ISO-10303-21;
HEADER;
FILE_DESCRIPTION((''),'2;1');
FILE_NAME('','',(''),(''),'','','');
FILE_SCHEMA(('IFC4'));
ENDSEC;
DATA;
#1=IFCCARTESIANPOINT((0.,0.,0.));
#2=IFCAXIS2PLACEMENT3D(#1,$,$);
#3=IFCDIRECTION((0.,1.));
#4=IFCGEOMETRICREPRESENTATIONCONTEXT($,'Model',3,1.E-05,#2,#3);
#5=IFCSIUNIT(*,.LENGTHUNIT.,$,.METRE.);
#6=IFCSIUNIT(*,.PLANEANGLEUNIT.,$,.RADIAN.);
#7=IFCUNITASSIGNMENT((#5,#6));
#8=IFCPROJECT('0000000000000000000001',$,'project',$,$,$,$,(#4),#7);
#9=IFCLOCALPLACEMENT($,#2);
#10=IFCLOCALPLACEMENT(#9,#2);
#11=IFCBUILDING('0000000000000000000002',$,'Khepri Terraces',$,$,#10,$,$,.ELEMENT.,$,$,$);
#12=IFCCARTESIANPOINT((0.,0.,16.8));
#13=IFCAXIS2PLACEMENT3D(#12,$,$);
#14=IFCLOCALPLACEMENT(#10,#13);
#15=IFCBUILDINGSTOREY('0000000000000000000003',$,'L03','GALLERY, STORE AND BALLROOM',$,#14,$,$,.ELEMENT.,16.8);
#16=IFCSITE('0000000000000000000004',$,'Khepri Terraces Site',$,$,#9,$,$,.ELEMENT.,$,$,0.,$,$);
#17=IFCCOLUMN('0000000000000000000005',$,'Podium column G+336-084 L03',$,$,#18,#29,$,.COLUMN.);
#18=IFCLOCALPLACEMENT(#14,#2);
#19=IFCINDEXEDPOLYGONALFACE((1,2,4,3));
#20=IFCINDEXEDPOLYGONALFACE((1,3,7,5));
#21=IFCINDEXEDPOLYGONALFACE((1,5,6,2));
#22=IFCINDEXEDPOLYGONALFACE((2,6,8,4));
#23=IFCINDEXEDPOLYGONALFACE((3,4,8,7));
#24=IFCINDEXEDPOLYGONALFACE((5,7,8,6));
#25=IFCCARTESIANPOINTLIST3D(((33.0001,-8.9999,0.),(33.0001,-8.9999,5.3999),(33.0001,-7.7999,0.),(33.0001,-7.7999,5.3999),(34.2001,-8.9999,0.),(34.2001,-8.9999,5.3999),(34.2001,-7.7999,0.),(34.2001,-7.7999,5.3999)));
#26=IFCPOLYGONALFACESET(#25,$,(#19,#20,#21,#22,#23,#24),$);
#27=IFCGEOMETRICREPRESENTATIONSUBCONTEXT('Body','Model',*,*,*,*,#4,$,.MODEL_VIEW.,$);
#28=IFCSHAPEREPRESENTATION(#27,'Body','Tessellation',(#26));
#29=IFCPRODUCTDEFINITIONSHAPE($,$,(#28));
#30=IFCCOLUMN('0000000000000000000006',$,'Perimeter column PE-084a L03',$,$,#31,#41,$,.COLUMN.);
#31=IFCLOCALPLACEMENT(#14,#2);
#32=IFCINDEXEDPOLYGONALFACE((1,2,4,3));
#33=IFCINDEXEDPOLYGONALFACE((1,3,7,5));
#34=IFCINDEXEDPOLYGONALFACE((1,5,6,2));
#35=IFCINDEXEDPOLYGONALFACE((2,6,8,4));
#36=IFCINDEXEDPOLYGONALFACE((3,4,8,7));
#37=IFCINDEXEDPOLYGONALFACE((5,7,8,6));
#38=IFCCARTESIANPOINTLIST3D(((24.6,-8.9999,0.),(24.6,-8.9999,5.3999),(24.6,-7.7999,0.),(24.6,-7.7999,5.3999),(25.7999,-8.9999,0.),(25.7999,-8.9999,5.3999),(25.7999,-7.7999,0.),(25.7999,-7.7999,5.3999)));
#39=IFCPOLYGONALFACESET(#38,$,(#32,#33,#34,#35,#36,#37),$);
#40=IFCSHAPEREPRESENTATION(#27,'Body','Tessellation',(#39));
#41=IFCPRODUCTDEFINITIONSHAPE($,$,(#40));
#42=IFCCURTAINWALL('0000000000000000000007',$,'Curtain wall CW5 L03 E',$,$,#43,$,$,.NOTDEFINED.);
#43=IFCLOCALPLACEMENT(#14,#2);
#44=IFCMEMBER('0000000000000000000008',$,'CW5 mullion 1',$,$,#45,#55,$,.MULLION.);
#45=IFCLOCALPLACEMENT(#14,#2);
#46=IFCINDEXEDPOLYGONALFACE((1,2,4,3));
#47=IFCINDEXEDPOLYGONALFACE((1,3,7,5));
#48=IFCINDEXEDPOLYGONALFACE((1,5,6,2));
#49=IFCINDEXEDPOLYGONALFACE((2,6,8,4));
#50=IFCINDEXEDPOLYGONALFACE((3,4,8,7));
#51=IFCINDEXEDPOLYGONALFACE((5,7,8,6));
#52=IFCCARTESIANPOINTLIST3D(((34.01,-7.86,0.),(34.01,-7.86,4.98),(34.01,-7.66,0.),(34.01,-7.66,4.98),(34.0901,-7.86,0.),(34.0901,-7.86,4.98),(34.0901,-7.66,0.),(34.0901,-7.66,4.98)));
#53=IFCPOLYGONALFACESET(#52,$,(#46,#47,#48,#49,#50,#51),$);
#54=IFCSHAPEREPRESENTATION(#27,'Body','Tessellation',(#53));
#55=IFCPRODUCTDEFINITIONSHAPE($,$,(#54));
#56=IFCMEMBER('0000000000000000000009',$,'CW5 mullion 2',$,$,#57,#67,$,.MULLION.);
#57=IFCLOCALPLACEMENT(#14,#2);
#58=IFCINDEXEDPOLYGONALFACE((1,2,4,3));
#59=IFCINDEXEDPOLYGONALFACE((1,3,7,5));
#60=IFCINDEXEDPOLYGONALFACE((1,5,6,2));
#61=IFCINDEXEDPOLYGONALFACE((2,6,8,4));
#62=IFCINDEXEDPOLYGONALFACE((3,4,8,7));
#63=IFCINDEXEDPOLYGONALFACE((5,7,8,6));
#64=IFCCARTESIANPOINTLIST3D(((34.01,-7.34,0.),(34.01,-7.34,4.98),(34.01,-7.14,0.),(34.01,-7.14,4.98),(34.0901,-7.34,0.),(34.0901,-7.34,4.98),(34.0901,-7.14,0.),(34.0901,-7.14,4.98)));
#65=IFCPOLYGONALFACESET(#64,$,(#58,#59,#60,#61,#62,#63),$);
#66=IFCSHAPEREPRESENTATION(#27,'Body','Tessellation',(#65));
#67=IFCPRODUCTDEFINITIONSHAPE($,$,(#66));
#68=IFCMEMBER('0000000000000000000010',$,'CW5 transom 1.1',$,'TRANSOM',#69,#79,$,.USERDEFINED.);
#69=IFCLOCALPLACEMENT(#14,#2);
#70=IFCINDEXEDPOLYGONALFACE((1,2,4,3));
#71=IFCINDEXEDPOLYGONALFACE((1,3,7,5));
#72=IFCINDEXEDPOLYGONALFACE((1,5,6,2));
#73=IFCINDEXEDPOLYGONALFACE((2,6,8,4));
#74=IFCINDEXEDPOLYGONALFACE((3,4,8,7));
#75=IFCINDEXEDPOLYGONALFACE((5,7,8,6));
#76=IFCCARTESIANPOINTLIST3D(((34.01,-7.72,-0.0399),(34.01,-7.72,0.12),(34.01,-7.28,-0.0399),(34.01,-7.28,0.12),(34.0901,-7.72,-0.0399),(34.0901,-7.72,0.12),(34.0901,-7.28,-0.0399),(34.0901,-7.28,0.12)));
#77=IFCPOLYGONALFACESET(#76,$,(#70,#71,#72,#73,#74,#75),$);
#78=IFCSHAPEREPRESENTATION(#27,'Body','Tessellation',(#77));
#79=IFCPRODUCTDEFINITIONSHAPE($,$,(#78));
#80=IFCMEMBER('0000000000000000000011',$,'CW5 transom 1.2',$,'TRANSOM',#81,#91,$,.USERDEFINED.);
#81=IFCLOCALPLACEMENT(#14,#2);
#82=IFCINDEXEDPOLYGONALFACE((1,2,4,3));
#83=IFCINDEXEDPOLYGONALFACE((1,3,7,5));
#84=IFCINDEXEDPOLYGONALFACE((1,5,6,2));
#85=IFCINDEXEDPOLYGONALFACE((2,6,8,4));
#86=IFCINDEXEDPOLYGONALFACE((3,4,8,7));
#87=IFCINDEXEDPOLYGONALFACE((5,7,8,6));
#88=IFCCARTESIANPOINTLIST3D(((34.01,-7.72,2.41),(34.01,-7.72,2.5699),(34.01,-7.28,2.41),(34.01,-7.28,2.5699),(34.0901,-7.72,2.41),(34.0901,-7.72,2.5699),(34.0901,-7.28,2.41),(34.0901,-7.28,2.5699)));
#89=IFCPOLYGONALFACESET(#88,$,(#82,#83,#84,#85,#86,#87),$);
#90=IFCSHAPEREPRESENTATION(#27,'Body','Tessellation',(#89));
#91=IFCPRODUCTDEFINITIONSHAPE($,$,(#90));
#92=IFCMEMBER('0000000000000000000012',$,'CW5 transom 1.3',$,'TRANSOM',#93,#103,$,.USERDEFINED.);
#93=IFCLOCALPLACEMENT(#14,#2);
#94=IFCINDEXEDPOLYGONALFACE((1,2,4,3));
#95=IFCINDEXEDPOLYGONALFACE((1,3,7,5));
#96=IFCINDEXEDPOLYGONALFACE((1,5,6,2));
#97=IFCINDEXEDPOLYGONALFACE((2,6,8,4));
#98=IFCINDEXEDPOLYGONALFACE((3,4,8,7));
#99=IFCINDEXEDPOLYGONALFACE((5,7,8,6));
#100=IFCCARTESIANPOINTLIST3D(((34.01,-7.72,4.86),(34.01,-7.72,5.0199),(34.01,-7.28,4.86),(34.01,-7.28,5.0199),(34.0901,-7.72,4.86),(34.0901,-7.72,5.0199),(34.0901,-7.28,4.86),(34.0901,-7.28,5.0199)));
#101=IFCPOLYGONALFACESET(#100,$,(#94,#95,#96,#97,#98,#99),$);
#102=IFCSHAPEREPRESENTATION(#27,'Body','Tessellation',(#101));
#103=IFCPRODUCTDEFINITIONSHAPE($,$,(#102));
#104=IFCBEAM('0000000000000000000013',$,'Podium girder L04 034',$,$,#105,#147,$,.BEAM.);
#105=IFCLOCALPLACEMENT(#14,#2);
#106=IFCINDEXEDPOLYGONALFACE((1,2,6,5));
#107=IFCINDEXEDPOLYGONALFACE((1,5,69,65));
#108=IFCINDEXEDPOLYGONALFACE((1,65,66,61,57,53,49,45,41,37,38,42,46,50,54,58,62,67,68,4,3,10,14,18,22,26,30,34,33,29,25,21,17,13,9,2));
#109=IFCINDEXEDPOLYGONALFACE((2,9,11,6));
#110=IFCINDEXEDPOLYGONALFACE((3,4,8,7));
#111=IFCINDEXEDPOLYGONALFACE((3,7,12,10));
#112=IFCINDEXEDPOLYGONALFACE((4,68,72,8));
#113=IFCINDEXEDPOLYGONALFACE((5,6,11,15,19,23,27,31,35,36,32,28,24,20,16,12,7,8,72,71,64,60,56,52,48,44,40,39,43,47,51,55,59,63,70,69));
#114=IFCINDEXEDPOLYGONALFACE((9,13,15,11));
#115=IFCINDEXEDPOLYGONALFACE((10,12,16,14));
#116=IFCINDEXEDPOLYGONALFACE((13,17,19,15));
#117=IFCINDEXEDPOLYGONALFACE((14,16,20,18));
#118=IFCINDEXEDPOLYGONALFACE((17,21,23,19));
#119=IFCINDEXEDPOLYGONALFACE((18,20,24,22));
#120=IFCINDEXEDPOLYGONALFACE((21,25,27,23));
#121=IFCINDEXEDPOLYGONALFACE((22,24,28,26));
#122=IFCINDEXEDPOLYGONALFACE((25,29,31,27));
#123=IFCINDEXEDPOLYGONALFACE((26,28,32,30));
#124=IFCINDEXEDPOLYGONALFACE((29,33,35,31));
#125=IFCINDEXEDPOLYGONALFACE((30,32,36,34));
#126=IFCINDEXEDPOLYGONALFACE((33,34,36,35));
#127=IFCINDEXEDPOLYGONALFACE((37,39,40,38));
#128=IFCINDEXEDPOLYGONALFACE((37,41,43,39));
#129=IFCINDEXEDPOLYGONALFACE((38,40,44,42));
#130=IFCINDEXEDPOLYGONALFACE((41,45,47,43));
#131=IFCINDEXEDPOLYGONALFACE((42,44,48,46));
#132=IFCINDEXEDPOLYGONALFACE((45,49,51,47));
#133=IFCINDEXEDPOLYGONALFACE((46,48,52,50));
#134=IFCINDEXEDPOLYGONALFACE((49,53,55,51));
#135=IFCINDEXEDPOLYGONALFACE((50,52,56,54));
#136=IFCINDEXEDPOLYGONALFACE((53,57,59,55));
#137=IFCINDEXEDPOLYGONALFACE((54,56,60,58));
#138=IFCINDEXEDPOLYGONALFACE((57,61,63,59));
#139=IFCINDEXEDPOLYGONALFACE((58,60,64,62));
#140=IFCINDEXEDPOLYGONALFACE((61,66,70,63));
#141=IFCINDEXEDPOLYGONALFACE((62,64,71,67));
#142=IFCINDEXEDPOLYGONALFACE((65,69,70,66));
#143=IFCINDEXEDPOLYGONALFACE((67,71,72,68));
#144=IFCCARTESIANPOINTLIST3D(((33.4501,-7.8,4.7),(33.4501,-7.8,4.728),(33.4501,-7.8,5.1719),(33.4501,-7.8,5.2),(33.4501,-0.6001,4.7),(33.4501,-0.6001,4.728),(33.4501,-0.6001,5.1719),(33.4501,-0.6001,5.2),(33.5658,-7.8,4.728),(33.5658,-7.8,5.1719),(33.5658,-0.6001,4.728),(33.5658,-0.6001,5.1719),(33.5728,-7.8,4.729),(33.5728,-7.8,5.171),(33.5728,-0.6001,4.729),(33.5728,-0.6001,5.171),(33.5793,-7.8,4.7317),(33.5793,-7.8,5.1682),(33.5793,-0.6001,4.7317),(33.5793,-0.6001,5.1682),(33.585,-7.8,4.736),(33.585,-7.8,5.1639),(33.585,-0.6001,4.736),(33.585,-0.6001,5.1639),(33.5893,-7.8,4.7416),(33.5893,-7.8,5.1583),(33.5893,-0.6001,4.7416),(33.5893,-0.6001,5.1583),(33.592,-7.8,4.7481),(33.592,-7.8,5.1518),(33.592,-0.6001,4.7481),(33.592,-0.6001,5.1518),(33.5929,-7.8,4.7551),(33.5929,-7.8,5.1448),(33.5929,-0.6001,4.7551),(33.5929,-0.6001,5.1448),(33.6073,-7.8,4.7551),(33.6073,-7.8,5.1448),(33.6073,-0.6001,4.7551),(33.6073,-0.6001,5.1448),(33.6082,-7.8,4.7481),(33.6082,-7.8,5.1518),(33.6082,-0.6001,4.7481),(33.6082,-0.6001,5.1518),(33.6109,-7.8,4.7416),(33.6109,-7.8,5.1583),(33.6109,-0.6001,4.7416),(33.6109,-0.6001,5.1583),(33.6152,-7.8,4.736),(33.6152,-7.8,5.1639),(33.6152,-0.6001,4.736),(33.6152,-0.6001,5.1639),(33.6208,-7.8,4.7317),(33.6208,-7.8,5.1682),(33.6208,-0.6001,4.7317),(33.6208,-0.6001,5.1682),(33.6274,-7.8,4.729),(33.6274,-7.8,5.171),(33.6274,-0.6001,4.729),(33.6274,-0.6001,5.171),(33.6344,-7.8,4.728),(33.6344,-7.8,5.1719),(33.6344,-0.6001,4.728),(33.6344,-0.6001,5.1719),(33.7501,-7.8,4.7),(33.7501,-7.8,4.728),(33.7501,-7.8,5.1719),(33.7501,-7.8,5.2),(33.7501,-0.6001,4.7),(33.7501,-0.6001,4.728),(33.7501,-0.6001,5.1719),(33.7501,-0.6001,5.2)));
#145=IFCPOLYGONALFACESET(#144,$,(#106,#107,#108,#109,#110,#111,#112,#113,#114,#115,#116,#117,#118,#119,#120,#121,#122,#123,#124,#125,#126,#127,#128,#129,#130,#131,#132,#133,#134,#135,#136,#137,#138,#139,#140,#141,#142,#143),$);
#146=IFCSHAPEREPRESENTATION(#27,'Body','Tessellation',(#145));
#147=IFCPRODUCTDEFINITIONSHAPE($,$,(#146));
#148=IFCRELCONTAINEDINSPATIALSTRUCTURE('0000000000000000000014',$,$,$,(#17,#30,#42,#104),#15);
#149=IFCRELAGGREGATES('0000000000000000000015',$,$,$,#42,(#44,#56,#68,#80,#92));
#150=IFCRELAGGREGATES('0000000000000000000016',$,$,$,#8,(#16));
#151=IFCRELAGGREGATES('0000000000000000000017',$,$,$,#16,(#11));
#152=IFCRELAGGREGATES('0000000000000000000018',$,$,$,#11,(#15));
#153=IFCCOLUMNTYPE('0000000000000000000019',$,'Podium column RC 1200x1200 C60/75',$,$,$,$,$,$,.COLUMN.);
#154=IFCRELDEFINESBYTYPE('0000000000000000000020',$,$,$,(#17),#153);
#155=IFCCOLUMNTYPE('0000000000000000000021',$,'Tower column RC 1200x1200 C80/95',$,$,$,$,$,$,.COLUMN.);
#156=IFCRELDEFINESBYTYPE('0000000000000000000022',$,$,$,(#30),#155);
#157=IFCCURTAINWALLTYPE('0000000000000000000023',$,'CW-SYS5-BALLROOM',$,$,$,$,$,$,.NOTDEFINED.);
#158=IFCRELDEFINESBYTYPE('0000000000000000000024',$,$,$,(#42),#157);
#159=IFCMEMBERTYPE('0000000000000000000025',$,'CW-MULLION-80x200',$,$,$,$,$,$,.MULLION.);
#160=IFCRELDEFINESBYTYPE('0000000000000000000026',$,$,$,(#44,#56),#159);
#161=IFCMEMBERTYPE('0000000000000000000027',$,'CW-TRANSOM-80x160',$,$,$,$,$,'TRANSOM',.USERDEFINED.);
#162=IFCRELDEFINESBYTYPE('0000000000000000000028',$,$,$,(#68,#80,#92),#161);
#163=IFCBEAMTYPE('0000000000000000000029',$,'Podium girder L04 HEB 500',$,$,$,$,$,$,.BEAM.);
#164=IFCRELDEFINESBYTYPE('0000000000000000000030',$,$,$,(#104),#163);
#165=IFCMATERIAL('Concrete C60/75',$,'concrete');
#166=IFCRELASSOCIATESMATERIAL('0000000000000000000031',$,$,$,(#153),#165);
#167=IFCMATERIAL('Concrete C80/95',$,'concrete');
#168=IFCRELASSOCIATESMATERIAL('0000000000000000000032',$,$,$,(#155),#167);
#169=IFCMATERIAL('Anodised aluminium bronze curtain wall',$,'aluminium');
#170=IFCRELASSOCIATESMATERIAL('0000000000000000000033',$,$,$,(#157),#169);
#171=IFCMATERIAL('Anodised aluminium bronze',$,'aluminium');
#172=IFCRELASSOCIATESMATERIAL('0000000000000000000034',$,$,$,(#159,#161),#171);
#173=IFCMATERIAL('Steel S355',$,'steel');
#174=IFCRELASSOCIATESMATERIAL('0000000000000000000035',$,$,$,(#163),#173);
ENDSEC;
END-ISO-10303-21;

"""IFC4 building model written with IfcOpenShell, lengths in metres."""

from ifc_helpers import new_model, si_unit, direction, frame, origin, origin_2d, place, context, subcontext, project, spatial, rectangle, i_section, extrude, material, material_profile, profile_set, type_object, element, aggregate, save


model = new_model("IFC4")

# Units and contexts
model_context = context("Model", 3, precision=1e-05, world=origin(), true_north=direction((0.0, 1.0)))
body_context = subcontext(model_context, "Body", "Model", "MODEL_VIEW")
ifc_project = project(units=[si_unit("LENGTHUNIT", "METRE"), si_unit("PLANEANGLEUNIT", "RADIAN")], contexts=[model_context])

# Site, building, storey
site_placement = place(None, origin())
site = spatial("IfcSite", under=ifc_project, at=site_placement, Name="Khepri Terraces Site", CompositionType="ELEMENT", RefElevation=0.0)
building_placement = place(site_placement, origin())
building = spatial("IfcBuilding", under=site, at=building_placement, Name="Khepri Terraces", CompositionType="ELEMENT")
storey_placement = place(building_placement, frame((0.0, 0.0, 16.8)))
storey = spatial("IfcBuildingStorey", under=building, at=storey_placement, Name="L03", Description="GALLERY, STORE AND BALLROOM", CompositionType="ELEMENT", Elevation=16.8)

# Columns
ifc_material_1 = material(Name="Concrete C60/75", Category="concrete")
ifc_material_profile_1 = material_profile(ifc_material_1, rectangle(XDim=1.2, YDim=1.2, at=origin_2d()), Name="Concrete C60/75", Category="concrete")
ifc_profile_set_1 = profile_set([ifc_material_profile_1], Name="Concrete C60/75")
column_type_1 = type_object("IfcColumnType", Name="Podium column RC 1200x1200 C60/75", PredefinedType="COLUMN", material=ifc_profile_set_1)
column_1_placement = place(storey_placement, frame((33.6001, -8.3999, 0.0), z_axis=(0.0, 0.0, 1.0), x_axis=(1.0, 0.0, 0.0)))
element("IfcColumn", 1, at=column_1_placement, inside=storey, type_object=column_type_1, Name="Podium column G+336-084 L03", PredefinedType="COLUMN", context=body_context, shape_type="SweptSolid", body=[
    extrude(rectangle(XDim=1.2, YDim=1.2, at=origin_2d()), origin(), (0.0, 0.0, 1.0), 5.3999),
])
ifc_material_2 = material(Name="Concrete C80/95", Category="concrete")
ifc_material_profile_2 = material_profile(ifc_material_2, rectangle(XDim=1.2, YDim=1.2, at=origin_2d()), Name="Concrete C80/95", Category="concrete")
ifc_profile_set_2 = profile_set([ifc_material_profile_2], Name="Concrete C80/95")
column_type_2 = type_object("IfcColumnType", Name="Tower column RC 1200x1200 C80/95", PredefinedType="COLUMN", material=ifc_profile_set_2)
column_2_placement = place(storey_placement, frame((25.2, -8.3999, 0.0), z_axis=(0.0, 0.0, 1.0), x_axis=(1.0, 0.0, 0.0)))
element("IfcColumn", 2, at=column_2_placement, inside=storey, type_object=column_type_2, Name="Perimeter column PE-084a L03", PredefinedType="COLUMN", context=body_context, shape_type="SweptSolid", body=[
    extrude(rectangle(XDim=1.2, YDim=1.2, at=origin_2d()), origin(), (0.0, 0.0, 1.0), 5.3999),
])

# Curtain wall, members
ifc_material_3 = material(Name="Anodised aluminium bronze curtain wall", Category="aluminium")
curtain_wall_type = type_object("IfcCurtainWallType", Name="CW-SYS5-BALLROOM", PredefinedType="NOTDEFINED", material=ifc_material_3)
curtain_wall_placement = place(storey_placement, origin())
curtain_wall = element("IfcCurtainWall", 3, at=curtain_wall_placement, inside=storey, type_object=curtain_wall_type, Name="Curtain wall CW5 L03 E", PredefinedType="NOTDEFINED")
ifc_material_4 = material(Name="Anodised aluminium bronze", Category="aluminium")
ifc_material_profile_3 = material_profile(ifc_material_4, rectangle(XDim=0.0801, YDim=0.2, at=origin_2d()), Name="Anodised aluminium bronze", Category="aluminium")
ifc_profile_set_3 = profile_set([ifc_material_profile_3], Name="Anodised aluminium bronze")
member_type_1 = type_object("IfcMemberType", Name="CW-MULLION-80x200", PredefinedType="MULLION", material=ifc_profile_set_3)
member_1_placement = place(storey_placement, frame((34.05, -7.76, 0.0), z_axis=(0.0, 0.0, 1.0), x_axis=(-1.0, 0.0, 0.0)))
member_1 = element("IfcMember", 4, at=member_1_placement, type_object=member_type_1, Name="CW5 mullion 1", PredefinedType="MULLION", context=body_context, shape_type="SweptSolid", body=[
    extrude(rectangle(XDim=0.0801, YDim=0.2, at=origin_2d()), origin(), (0.0, 0.0, 1.0), 4.98),
])
member_2_placement = place(storey_placement, frame((34.05, -7.24, 0.0), z_axis=(0.0, 0.0, 1.0), x_axis=(-1.0, 0.0, 0.0)))
member_2 = element("IfcMember", 5, at=member_2_placement, type_object=member_type_1, Name="CW5 mullion 2", PredefinedType="MULLION", context=body_context, shape_type="SweptSolid", body=[
    extrude(rectangle(XDim=0.0801, YDim=0.2, at=origin_2d()), origin(), (0.0, 0.0, 1.0), 4.98),
])
ifc_material_profile_4 = material_profile(ifc_material_4, rectangle(XDim=0.0801, YDim=0.1599, at=origin_2d()), Name="Anodised aluminium bronze", Category="aluminium")
ifc_profile_set_4 = profile_set([ifc_material_profile_4], Name="Anodised aluminium bronze")
member_type_2 = type_object("IfcMemberType", Name="CW-TRANSOM-80x160", ElementType="TRANSOM", PredefinedType="USERDEFINED", material=ifc_profile_set_4)
member_3_placement = place(storey_placement, frame((34.05, -7.72, 0.04), z_axis=(0.0, 1.0, 0.0), x_axis=(-1.0, 0.0, 0.0)))
member_3 = element("IfcMember", 6, at=member_3_placement, type_object=member_type_2, Name="CW5 transom 1.1", ObjectType="TRANSOM", PredefinedType="USERDEFINED", context=body_context, shape_type="SweptSolid", body=[
    extrude(rectangle(XDim=0.0801, YDim=0.1599, at=origin_2d()), origin(), (0.0, 0.0, 1.0), 0.4399),
])
member_4_placement = place(storey_placement, frame((34.05, -7.72, 2.49), z_axis=(0.0, 1.0, 0.0), x_axis=(-1.0, 0.0, 0.0)))
member_4 = element("IfcMember", 7, at=member_4_placement, type_object=member_type_2, Name="CW5 transom 1.2", ObjectType="TRANSOM", PredefinedType="USERDEFINED", context=body_context, shape_type="SweptSolid", body=[
    extrude(rectangle(XDim=0.0801, YDim=0.1599, at=origin_2d()), origin(), (0.0, 0.0, 1.0), 0.4399),
])
member_5_placement = place(storey_placement, frame((34.05, -7.72, 4.9399), z_axis=(0.0, 1.0, 0.0), x_axis=(-1.0, 0.0, 0.0)))
member_5 = element("IfcMember", 8, at=member_5_placement, type_object=member_type_2, Name="CW5 transom 1.3", ObjectType="TRANSOM", PredefinedType="USERDEFINED", context=body_context, shape_type="SweptSolid", body=[
    extrude(rectangle(XDim=0.0801, YDim=0.1599, at=origin_2d()), origin(), (0.0, 0.0, 1.0), 0.4399),
])

# Beam
ifc_material_5 = material(Name="Steel S355", Category="steel")
ifc_material_profile_5 = material_profile(ifc_material_5, i_section(OverallWidth=0.3, OverallDepth=0.5, WebThickness=0.0144, FlangeThickness=0.0281, FilletRadius=0.0271, at=origin_2d()), Name="Steel S355", Category="steel")
ifc_profile_set_5 = profile_set([ifc_material_profile_5], Name="Steel S355")
beam_type_1 = type_object("IfcBeamType", Name="Podium girder L04 HEB 500", PredefinedType="BEAM", material=ifc_profile_set_5)
beam_1_placement = place(storey_placement, frame((33.6001, -7.8, 4.95), z_axis=(0.0, 1.0, 0.0), x_axis=(-1.0, 0.0, 0.0)))
element("IfcBeam", 9, at=beam_1_placement, inside=storey, type_object=beam_type_1, Name="Podium girder L04 034", PredefinedType="BEAM", context=body_context, shape_type="SweptSolid", body=[
    extrude(i_section(OverallWidth=0.3, OverallDepth=0.5, WebThickness=0.0144, FlangeThickness=0.0281, FilletRadius=0.0271, at=origin_2d()), origin(), (0.0, 0.0, 1.0), 7.2),
])

aggregate(curtain_wall, [member_1, member_2, member_3, member_4, member_5])

save(model, "model.ifc")
